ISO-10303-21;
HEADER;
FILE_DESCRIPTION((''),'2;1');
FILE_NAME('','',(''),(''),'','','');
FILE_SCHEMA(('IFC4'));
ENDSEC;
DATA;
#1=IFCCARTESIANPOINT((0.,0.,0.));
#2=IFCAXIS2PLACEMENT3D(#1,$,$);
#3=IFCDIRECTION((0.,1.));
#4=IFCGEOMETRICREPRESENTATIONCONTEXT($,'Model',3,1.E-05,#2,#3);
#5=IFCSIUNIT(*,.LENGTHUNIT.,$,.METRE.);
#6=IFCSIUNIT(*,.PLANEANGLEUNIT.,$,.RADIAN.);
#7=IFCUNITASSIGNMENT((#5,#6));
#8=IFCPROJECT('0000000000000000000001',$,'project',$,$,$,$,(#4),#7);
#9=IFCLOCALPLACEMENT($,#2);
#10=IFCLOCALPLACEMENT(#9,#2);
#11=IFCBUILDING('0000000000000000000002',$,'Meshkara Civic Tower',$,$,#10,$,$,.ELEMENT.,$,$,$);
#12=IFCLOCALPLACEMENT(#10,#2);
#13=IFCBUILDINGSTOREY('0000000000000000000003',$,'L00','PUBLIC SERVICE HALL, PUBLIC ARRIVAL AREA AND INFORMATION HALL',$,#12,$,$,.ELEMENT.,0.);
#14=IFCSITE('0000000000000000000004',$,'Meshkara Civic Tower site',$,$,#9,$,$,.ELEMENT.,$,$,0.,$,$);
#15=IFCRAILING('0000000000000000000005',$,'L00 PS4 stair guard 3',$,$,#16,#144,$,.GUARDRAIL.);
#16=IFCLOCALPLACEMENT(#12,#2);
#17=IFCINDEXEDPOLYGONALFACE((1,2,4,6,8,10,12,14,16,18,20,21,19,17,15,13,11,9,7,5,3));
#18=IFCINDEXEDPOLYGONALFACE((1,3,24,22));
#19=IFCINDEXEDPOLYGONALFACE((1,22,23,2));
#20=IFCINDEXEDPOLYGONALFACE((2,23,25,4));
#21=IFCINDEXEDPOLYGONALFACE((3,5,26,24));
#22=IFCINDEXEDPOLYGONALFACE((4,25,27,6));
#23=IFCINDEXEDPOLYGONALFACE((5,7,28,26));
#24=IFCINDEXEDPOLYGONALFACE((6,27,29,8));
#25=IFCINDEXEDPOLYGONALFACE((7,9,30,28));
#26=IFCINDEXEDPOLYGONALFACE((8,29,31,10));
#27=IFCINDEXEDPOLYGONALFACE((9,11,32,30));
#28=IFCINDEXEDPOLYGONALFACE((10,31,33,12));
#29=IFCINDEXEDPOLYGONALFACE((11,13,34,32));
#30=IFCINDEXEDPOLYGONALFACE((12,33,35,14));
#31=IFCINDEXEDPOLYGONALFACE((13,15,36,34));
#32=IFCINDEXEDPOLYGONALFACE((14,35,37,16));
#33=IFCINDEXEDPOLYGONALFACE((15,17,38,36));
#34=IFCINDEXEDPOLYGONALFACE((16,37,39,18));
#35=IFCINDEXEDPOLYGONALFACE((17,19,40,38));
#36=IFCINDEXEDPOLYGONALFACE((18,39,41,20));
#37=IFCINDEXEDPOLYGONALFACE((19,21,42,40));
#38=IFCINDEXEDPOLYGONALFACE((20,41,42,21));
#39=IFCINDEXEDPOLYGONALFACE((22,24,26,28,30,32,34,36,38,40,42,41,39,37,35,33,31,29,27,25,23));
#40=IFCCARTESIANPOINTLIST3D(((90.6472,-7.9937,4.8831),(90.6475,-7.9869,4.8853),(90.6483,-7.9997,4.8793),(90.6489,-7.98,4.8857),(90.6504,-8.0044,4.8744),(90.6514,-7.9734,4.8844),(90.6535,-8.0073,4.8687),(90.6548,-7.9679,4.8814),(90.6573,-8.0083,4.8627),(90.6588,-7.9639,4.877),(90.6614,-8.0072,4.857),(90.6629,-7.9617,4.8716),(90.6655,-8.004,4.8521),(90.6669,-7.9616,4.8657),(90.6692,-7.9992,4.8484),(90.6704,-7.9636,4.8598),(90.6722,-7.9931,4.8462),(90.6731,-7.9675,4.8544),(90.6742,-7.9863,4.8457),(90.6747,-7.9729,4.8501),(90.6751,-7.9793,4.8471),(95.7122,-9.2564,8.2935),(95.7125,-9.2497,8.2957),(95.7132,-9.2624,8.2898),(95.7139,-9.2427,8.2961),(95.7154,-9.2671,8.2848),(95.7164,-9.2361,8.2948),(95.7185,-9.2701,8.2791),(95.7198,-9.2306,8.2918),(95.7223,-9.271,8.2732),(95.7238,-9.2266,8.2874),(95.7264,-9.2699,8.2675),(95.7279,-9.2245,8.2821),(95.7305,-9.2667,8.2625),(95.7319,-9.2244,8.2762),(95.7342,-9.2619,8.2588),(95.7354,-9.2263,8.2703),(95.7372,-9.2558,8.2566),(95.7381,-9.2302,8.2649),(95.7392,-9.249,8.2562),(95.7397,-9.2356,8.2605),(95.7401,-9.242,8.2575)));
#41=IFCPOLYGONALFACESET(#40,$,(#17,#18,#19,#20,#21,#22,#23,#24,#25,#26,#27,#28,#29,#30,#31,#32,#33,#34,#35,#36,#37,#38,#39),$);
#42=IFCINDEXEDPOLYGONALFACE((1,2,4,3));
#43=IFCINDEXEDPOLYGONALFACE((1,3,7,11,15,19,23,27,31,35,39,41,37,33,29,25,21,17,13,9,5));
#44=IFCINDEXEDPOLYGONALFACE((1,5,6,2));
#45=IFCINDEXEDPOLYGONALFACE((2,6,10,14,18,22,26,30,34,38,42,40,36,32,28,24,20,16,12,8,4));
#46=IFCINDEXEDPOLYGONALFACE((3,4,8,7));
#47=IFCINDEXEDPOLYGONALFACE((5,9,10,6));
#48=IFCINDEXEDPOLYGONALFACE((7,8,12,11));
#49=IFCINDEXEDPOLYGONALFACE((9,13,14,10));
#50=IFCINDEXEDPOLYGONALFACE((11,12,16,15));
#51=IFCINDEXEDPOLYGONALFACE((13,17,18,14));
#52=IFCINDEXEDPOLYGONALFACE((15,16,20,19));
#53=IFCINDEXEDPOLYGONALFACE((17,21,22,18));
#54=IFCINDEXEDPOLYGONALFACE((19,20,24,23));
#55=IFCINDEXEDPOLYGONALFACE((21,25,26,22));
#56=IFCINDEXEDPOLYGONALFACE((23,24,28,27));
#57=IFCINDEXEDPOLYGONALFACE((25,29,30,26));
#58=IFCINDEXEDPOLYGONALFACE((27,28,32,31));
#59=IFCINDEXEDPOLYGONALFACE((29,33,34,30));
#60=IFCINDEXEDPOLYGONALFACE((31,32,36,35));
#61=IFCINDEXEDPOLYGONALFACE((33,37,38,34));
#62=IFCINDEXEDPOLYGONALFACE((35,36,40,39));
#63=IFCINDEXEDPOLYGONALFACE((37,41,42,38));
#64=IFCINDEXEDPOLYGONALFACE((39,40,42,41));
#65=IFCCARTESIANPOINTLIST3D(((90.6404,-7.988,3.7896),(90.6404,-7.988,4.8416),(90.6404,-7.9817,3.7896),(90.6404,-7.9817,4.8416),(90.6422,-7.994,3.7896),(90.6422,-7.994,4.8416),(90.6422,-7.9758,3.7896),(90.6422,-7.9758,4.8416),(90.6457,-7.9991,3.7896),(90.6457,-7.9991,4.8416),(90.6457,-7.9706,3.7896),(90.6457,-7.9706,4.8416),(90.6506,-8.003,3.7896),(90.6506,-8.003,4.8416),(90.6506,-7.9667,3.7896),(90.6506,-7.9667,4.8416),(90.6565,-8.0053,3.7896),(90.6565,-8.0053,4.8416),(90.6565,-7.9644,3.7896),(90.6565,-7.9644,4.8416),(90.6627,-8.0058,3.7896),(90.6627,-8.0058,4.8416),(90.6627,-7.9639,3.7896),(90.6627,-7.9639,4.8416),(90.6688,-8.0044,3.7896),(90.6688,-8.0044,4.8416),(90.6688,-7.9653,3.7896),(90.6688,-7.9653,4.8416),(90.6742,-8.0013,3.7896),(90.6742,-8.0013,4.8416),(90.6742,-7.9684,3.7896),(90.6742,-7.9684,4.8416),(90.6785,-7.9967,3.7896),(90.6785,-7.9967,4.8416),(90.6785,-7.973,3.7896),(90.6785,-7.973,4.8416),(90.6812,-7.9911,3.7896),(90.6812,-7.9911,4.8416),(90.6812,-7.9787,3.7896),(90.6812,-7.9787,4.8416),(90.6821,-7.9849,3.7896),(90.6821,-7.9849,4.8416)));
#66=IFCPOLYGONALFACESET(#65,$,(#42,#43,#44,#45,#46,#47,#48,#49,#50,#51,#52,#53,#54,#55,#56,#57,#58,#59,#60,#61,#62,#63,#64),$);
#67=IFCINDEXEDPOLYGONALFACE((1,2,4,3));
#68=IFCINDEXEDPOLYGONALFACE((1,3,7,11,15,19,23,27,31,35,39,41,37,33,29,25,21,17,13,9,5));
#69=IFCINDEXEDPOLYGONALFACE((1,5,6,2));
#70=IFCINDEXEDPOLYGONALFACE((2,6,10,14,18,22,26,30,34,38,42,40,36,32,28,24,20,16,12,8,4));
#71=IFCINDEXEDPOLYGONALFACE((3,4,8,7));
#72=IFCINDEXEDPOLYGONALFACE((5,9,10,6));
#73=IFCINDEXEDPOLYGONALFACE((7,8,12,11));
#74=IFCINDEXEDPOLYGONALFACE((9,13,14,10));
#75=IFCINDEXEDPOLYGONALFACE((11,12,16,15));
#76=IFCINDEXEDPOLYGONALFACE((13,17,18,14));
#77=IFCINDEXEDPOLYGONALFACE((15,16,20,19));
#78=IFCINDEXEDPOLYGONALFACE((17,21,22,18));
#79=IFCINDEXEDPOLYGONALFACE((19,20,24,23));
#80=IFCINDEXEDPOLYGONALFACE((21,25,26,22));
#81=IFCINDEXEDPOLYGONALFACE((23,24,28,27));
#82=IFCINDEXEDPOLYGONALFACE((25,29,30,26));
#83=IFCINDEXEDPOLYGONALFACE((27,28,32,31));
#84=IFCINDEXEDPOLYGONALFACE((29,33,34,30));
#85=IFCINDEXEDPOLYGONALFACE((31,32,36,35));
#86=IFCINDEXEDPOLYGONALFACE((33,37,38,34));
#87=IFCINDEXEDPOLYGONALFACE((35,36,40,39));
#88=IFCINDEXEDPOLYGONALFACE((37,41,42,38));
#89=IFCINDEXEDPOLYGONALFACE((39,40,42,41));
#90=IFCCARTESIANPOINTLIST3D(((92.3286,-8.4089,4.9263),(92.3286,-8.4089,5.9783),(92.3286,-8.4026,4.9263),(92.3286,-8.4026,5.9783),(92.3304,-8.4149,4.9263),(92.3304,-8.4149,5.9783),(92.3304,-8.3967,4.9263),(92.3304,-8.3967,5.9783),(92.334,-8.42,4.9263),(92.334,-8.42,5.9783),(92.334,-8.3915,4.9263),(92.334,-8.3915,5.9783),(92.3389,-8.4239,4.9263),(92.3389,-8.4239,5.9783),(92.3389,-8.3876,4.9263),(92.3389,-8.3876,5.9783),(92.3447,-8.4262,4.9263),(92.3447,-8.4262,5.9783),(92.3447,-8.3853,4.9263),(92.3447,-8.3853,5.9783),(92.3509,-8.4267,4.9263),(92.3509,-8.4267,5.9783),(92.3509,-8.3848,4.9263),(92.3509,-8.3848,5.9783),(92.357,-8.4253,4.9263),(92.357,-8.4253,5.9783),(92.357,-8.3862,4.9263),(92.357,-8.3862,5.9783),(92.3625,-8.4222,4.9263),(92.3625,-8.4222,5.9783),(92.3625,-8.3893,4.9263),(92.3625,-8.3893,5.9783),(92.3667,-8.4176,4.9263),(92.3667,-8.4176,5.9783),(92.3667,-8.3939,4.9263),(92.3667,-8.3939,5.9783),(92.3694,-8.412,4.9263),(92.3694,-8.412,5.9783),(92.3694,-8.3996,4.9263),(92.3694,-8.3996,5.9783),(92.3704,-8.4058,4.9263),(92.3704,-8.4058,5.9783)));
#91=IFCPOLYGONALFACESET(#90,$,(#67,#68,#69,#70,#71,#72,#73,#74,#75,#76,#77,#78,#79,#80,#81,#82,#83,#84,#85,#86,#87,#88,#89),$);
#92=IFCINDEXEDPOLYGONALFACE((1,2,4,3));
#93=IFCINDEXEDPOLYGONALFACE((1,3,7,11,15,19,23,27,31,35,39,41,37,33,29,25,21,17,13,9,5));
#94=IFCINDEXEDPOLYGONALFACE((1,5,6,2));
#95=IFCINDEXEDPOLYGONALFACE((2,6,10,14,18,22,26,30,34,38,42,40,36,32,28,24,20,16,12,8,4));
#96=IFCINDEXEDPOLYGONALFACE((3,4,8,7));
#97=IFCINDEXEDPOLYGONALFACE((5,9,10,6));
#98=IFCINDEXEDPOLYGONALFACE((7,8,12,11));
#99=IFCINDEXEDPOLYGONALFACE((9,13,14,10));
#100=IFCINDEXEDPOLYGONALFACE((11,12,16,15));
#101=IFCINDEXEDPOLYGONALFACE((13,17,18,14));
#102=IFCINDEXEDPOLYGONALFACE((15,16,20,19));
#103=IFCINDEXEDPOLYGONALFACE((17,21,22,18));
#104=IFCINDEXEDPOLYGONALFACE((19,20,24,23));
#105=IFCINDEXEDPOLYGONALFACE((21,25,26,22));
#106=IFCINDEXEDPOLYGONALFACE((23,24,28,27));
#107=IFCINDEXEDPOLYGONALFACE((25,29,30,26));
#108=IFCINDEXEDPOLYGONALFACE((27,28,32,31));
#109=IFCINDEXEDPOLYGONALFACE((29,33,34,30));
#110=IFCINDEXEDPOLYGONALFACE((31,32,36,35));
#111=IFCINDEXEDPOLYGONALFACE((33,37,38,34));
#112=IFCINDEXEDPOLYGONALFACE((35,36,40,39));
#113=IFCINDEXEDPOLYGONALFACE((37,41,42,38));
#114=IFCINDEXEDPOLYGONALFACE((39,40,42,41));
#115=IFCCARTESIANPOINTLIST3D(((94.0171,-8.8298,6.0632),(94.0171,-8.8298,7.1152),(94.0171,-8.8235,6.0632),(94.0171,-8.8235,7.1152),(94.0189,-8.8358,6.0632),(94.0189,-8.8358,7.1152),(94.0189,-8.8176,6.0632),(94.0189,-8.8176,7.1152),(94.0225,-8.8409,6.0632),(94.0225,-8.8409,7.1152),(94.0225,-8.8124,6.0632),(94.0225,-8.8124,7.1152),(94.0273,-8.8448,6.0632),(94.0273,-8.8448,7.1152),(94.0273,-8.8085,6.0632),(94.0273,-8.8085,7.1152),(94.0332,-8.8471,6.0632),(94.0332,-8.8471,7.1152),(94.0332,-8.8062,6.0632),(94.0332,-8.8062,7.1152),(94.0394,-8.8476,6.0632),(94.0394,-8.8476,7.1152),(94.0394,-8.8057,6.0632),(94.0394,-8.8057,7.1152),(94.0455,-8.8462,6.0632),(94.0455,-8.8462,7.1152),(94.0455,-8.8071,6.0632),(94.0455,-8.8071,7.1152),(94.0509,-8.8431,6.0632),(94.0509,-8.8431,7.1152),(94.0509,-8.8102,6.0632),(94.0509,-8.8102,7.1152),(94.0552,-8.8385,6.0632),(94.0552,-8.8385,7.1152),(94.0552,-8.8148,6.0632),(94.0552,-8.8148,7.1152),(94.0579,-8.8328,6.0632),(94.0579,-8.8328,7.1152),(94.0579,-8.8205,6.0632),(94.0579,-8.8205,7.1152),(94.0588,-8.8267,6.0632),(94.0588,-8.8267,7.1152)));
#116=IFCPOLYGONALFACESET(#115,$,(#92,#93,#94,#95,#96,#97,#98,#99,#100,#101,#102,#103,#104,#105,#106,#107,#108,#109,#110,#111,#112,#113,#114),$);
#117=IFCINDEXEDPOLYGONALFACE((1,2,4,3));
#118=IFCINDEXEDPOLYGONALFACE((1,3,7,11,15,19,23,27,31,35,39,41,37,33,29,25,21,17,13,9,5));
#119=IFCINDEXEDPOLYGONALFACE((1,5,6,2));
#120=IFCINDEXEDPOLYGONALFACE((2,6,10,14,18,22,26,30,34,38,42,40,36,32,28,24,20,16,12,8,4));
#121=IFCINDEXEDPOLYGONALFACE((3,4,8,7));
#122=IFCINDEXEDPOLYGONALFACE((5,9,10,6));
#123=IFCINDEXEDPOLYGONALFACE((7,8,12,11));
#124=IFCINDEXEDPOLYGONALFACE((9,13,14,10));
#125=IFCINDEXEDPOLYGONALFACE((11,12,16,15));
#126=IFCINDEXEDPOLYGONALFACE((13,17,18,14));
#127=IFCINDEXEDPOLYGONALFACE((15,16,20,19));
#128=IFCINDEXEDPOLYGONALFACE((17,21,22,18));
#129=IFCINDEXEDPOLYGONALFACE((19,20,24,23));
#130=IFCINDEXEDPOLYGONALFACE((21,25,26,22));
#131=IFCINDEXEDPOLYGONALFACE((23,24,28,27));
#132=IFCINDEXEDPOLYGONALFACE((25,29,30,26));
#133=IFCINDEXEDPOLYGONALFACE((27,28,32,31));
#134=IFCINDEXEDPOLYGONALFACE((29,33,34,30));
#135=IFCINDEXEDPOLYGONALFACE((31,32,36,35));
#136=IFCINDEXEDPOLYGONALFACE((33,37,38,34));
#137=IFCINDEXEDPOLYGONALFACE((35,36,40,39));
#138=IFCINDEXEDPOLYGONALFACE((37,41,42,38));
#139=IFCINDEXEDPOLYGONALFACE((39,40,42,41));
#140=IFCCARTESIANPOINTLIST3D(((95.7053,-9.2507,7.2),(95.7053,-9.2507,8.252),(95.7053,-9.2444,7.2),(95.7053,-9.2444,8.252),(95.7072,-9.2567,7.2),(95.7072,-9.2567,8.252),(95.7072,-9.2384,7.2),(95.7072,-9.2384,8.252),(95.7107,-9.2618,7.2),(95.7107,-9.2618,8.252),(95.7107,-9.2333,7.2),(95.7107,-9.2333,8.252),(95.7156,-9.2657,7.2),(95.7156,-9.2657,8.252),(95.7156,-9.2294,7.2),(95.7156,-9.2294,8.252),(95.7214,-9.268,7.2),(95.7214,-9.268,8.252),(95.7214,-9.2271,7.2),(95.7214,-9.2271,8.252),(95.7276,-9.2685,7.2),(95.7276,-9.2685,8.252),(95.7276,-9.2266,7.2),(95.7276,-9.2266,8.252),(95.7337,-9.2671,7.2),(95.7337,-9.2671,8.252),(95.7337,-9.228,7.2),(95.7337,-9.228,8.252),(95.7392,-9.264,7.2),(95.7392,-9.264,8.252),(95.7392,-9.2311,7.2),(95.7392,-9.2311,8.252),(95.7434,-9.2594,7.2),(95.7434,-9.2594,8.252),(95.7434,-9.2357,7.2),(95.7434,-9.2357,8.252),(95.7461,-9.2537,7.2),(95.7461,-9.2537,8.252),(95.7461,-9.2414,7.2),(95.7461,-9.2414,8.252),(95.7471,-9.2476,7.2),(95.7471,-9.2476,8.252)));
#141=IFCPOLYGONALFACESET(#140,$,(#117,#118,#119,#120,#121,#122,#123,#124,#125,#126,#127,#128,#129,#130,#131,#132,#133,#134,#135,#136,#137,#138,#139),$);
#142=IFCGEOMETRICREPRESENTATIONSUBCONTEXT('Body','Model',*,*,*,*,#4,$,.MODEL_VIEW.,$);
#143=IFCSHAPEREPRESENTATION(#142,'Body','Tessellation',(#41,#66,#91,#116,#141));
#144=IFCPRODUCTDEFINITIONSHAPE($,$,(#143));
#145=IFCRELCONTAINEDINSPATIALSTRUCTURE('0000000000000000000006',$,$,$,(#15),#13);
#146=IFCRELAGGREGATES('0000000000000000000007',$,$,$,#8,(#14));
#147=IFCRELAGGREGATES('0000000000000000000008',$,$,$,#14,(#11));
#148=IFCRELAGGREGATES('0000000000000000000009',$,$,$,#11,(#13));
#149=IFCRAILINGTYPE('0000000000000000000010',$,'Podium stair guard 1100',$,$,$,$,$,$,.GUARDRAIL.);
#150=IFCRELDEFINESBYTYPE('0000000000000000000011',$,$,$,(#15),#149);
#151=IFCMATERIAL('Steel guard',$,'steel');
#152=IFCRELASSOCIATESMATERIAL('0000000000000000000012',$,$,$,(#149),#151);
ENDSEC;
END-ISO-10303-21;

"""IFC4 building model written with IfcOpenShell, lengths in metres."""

from ifc_helpers import new_model, si_unit, direction, frame, origin, origin_2d, place, context, subcontext, project, spatial, circle, extrude, material, type_object, element, save


model = new_model("IFC4")

# Units and contexts
model_context = context("Model", 3, precision=1e-05, world=origin(), true_north=direction((0.0, 1.0)))
body_context = subcontext(model_context, "Body", "Model", "MODEL_VIEW")
ifc_project = project(units=[si_unit("LENGTHUNIT", "METRE"), si_unit("PLANEANGLEUNIT", "RADIAN")], contexts=[model_context])

# Site, building, storey
site_placement = place(None, origin())
site = spatial("IfcSite", under=ifc_project, at=site_placement, Name="Meshkara Civic Tower site", CompositionType="ELEMENT", RefElevation=0.0)
building_placement = place(site_placement, origin())
building = spatial("IfcBuilding", under=site, at=building_placement, Name="Meshkara Civic Tower", CompositionType="ELEMENT")
storey_placement = place(building_placement, origin())
storey = spatial("IfcBuildingStorey", under=building, at=storey_placement, Name="L00", Description="PUBLIC SERVICE HALL, PUBLIC ARRIVAL AREA AND INFORMATION HALL", CompositionType="ELEMENT", Elevation=0.0)

# Railing
ifc_material_1 = material(Name="Steel guard", Category="steel")
railing_type_1 = type_object("IfcRailingType", Name="Podium stair guard 1100", PredefinedType="GUARDRAIL", material=ifc_material_1)
railing_1_placement = place(storey_placement, frame((90.6611, -7.9849, 3.7896)))
element("IfcRailing", 1, at=railing_1_placement, inside=storey, type_object=railing_type_1, Name="L00 PS4 stair guard 3", PredefinedType="GUARDRAIL", context=body_context, shape_type="SweptSolid", body=[
    extrude(circle(Radius=0.0239, at=origin_2d()), frame((0.0, 0.0, 1.0762), z_axis=(0.812302, -0.202508, 0.546951), x_axis=(0.241897, 0.970302, 0.0)), (0.0, 0.0, 1.0), 6.2354),
    extrude(circle(Radius=0.021, at=origin_2d()), origin(), (0.0, 0.0, 1.0), 1.052),
    extrude(circle(Radius=0.021, at=origin_2d()), frame((1.6882, -0.4209, 1.1367)), (0.0, 0.0, 1.0), 1.052),
    extrude(circle(Radius=0.021, at=origin_2d()), frame((3.3767, -0.8418, 2.2737)), (0.0, 0.0, 1.0), 1.052),
    extrude(circle(Radius=0.021, at=origin_2d()), frame((5.0649, -1.2627, 3.4104)), (0.0, 0.0, 1.0), 1.052),
])

save(model, "model.ifc")
